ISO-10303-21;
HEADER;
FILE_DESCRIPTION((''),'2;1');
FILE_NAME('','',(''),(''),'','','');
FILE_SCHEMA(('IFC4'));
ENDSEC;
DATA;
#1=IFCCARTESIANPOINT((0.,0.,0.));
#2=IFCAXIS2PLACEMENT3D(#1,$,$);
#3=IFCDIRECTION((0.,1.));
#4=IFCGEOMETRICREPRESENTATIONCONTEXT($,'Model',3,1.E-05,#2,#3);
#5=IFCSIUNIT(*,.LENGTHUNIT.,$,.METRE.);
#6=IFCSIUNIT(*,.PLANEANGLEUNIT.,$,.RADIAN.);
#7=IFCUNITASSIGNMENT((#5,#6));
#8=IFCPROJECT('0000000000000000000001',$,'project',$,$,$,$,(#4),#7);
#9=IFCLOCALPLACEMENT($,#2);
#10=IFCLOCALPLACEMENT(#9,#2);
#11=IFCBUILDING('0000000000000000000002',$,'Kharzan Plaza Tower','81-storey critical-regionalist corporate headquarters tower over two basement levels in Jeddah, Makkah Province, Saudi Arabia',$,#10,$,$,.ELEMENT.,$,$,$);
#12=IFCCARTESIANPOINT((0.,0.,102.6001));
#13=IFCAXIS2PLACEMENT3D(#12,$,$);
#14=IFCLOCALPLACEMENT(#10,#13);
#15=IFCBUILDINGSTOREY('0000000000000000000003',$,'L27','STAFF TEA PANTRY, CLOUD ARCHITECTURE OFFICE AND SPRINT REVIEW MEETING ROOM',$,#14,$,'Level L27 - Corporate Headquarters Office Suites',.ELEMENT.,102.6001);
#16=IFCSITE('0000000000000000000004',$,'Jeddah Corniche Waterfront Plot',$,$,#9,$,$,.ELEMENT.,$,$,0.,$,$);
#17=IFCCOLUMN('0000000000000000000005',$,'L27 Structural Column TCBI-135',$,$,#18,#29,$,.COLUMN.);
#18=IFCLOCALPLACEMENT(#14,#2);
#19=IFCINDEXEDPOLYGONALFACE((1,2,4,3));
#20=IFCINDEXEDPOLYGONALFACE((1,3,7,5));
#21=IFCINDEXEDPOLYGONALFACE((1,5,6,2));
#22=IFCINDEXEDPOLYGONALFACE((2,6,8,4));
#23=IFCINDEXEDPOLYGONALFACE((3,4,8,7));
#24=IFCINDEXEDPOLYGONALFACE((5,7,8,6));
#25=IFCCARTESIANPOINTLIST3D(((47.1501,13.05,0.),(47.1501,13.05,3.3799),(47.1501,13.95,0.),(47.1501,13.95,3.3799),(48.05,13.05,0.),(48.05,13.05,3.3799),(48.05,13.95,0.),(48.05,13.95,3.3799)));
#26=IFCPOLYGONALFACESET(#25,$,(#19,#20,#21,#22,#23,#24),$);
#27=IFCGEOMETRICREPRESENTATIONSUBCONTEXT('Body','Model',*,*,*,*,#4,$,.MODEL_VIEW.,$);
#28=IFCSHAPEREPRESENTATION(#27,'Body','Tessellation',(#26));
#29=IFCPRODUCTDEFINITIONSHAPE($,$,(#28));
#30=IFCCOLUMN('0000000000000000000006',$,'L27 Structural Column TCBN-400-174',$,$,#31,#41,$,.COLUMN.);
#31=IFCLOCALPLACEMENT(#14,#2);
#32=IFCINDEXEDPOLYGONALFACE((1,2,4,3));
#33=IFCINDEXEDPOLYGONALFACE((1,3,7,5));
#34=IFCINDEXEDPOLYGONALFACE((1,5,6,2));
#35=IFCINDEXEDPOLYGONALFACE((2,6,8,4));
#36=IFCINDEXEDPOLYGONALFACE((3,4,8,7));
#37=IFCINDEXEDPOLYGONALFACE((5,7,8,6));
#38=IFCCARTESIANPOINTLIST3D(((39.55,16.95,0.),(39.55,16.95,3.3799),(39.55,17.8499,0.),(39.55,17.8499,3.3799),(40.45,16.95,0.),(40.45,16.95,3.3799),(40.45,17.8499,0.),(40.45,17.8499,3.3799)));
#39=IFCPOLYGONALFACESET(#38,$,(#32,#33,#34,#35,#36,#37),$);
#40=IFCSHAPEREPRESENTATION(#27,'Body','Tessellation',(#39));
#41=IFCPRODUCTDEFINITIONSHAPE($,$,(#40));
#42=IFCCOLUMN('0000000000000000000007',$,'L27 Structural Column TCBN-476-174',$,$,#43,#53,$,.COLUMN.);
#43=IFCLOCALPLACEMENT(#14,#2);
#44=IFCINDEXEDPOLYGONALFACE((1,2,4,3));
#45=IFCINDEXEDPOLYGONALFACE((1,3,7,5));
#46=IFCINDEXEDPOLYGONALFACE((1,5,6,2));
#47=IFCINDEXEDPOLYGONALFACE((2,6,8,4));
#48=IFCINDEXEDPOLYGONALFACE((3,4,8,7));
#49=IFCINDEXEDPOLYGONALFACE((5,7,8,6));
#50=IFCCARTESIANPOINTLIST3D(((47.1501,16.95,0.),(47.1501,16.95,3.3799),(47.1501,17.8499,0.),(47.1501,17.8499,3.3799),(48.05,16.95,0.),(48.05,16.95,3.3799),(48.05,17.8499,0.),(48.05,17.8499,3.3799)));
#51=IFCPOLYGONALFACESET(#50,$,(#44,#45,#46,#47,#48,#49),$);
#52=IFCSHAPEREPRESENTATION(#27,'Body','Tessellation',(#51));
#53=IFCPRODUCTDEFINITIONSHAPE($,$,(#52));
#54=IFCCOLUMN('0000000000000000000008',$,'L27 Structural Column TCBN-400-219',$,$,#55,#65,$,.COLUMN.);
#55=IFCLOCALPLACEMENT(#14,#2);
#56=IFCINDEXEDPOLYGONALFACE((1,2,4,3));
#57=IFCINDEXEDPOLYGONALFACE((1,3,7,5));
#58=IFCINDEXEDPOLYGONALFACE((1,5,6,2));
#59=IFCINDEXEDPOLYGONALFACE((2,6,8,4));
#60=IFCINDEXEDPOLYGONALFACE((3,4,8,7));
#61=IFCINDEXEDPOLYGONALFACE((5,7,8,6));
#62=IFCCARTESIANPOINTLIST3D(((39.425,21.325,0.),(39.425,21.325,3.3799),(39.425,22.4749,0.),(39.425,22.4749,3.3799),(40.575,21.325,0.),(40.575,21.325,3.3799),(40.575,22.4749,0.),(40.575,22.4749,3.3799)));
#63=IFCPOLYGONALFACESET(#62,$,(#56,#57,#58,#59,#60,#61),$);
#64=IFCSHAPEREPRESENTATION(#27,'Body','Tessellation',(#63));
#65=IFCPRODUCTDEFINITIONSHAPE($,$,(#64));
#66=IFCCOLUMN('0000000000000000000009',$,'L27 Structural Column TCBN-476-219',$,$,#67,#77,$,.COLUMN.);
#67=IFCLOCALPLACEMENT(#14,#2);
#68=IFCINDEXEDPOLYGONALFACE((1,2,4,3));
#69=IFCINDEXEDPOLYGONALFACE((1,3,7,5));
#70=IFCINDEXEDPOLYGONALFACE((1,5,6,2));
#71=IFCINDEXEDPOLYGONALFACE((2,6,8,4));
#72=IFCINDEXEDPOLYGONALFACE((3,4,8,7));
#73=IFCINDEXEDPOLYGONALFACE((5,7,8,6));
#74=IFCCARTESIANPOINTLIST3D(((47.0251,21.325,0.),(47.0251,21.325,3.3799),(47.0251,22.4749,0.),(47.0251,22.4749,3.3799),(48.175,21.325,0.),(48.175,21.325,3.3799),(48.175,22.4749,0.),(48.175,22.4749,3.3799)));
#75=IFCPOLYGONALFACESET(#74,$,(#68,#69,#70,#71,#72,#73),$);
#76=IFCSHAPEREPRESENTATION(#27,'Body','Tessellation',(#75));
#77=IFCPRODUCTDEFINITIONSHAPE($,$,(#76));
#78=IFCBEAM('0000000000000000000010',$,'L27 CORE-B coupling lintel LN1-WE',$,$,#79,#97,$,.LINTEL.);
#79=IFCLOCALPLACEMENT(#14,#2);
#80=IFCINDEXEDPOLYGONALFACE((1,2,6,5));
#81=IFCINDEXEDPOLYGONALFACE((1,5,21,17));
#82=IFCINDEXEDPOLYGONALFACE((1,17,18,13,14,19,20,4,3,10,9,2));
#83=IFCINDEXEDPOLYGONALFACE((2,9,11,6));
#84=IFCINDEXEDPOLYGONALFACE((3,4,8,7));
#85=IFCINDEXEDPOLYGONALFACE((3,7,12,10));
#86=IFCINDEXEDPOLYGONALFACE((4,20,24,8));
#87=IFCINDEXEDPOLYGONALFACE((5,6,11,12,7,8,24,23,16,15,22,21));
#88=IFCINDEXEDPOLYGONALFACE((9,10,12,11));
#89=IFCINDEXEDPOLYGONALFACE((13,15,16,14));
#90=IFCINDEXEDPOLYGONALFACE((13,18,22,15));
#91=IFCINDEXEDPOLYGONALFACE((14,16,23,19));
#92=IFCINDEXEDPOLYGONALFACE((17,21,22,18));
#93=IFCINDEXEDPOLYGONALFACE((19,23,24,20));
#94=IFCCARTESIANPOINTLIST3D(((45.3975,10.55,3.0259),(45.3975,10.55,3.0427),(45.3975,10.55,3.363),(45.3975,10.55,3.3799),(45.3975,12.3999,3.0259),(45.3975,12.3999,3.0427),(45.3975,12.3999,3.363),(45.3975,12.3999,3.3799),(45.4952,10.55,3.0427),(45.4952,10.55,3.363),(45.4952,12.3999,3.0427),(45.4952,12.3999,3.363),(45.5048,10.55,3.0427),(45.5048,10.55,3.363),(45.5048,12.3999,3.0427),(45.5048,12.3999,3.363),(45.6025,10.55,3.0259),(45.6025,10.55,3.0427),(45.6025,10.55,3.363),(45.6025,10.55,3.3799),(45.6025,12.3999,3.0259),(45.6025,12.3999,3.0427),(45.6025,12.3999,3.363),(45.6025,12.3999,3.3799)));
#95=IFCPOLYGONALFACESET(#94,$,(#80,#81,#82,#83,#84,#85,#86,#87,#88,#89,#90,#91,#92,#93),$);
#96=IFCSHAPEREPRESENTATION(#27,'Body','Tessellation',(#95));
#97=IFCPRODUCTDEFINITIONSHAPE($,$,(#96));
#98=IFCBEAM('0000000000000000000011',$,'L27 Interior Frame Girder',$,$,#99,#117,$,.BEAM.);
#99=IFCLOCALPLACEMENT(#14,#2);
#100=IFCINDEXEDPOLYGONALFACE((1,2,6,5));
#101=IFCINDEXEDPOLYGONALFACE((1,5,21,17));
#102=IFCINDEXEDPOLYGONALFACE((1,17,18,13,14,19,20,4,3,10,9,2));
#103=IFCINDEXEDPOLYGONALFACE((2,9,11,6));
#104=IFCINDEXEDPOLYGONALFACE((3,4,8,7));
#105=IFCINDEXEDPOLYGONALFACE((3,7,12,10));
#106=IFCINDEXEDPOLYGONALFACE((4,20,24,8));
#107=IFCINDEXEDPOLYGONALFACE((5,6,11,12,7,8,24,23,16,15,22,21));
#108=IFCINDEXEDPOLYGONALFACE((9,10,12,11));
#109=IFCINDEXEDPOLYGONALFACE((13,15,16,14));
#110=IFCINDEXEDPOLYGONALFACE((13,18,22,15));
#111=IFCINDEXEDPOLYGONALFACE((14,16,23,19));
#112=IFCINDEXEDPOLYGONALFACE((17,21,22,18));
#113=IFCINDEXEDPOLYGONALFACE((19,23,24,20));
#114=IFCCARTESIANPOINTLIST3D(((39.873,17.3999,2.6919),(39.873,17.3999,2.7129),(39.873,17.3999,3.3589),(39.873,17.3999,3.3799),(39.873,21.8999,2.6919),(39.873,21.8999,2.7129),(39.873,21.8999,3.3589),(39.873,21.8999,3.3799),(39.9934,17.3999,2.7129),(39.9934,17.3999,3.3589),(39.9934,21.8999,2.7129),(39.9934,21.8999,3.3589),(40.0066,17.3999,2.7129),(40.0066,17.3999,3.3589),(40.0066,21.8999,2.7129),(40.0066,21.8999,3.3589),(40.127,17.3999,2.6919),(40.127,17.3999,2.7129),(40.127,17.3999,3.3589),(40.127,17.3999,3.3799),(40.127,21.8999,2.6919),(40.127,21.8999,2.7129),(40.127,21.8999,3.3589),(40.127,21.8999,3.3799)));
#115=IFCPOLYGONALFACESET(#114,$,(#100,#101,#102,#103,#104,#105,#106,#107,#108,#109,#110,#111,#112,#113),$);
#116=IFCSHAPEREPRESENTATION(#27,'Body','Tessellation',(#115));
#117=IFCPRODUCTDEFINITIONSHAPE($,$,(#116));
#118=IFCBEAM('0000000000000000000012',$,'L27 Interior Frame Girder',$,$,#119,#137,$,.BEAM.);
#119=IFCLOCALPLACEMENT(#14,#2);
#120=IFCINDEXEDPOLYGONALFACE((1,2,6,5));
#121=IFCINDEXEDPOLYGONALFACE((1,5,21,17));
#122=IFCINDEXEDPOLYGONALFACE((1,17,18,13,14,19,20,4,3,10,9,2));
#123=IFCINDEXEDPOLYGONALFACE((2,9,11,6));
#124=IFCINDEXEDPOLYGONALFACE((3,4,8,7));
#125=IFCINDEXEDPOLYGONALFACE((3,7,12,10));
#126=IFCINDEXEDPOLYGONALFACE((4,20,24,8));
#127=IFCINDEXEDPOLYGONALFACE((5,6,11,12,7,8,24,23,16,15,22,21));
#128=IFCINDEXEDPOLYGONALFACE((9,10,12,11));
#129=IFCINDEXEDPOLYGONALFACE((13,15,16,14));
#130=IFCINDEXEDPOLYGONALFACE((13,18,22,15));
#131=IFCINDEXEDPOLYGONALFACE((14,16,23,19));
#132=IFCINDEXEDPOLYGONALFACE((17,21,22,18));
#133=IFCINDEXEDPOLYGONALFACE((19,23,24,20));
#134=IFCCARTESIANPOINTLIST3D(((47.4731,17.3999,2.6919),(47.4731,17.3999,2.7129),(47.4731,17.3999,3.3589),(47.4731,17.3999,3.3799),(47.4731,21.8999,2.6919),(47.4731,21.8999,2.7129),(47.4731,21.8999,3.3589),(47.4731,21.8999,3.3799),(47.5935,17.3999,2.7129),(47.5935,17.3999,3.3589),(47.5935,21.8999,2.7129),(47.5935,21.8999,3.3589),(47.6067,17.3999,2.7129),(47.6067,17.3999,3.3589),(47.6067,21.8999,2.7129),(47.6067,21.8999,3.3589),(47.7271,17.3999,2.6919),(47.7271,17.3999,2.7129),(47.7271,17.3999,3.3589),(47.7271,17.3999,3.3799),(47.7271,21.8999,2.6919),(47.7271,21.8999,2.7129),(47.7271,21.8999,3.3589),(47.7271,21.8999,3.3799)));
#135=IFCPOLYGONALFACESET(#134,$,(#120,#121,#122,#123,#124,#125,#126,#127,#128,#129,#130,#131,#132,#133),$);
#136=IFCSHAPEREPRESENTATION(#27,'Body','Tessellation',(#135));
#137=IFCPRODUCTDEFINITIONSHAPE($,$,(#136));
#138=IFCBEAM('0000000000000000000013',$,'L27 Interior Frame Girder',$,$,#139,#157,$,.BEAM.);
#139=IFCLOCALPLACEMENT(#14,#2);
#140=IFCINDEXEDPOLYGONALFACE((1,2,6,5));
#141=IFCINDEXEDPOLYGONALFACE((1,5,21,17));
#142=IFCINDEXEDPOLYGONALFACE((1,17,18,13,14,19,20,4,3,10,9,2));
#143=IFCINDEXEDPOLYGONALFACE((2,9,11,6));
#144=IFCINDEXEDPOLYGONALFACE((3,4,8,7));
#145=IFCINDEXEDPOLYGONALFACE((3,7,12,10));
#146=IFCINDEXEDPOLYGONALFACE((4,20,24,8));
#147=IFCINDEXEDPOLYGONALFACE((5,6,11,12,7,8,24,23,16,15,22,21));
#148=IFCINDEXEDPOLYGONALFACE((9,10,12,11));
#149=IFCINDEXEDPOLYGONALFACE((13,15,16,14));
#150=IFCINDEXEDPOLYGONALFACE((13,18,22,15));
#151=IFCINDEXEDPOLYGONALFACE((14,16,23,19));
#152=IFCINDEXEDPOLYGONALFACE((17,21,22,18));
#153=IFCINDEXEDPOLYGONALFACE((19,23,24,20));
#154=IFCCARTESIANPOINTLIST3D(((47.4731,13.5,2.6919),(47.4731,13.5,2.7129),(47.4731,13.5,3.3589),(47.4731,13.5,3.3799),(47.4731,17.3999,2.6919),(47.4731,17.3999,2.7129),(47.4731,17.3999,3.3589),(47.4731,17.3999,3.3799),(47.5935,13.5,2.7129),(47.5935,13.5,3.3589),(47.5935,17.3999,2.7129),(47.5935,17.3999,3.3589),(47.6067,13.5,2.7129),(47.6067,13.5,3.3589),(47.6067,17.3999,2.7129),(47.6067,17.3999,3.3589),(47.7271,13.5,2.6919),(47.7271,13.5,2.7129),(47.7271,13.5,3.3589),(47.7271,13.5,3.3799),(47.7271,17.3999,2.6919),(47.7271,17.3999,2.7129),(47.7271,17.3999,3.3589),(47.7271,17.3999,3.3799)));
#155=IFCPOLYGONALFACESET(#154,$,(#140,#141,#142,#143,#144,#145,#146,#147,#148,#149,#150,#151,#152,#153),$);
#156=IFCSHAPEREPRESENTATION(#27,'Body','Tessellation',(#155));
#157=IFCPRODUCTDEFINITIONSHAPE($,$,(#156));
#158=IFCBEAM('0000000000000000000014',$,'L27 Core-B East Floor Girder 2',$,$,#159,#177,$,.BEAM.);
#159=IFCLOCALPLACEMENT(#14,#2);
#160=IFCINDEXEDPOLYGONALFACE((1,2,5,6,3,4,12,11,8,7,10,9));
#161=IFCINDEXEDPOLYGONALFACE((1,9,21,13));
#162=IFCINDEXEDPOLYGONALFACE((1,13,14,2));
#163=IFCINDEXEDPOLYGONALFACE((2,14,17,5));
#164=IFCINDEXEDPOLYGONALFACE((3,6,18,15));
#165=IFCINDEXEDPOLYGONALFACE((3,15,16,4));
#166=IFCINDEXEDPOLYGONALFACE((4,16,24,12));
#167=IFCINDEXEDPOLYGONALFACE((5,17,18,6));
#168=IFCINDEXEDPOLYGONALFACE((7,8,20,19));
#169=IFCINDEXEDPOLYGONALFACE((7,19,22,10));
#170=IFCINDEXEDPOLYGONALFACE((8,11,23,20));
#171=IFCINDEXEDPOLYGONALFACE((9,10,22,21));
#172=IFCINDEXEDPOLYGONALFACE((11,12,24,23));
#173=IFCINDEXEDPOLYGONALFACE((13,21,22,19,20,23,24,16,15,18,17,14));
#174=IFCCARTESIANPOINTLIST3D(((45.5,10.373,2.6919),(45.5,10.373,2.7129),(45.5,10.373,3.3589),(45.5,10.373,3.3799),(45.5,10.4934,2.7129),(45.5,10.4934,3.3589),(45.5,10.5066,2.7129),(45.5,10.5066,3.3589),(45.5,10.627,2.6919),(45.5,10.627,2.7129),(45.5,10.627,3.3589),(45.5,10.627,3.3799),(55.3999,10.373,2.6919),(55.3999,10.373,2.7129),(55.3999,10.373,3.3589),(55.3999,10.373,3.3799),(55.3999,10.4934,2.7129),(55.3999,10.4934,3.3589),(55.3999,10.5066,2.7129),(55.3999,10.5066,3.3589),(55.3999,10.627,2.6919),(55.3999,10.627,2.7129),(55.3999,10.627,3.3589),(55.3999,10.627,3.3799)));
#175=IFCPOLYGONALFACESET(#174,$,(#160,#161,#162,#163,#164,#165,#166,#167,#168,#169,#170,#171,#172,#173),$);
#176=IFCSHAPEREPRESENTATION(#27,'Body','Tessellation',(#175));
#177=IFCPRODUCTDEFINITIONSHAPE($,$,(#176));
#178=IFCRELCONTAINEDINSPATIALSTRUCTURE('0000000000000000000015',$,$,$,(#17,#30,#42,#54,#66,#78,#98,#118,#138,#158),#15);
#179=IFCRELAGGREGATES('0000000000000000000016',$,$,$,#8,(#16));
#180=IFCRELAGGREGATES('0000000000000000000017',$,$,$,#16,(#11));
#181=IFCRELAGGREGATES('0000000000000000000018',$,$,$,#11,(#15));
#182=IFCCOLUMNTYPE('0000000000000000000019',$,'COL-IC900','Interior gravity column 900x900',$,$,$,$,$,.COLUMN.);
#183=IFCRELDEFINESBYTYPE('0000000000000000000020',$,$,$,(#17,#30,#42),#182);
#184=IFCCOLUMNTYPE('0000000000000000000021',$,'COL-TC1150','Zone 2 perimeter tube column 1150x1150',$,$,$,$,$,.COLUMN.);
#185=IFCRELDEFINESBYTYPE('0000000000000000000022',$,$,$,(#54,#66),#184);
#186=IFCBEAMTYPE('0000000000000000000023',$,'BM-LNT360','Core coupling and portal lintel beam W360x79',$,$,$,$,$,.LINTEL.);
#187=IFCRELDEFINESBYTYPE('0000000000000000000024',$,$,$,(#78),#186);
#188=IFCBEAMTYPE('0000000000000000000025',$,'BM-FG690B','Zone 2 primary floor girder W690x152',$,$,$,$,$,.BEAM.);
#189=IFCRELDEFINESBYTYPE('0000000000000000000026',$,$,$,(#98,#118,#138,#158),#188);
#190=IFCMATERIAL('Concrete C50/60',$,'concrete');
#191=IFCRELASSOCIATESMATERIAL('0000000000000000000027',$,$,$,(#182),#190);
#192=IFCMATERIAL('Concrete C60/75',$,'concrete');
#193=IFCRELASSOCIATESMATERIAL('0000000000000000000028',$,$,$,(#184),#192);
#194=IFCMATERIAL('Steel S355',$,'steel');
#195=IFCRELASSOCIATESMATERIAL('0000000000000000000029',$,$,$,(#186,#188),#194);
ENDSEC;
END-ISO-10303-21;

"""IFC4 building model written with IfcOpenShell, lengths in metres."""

from ifc_helpers import new_model, si_unit, direction, frame, origin, origin_2d, place, context, subcontext, project, spatial, rectangle, i_section, extrude, source, transform, mapped, material, material_profile, profile_set, type_object, element, save


model = new_model("IFC4")

# Units and contexts
model_context = context("Model", 3, precision=1e-05, world=origin(), true_north=direction((0.0, 1.0)))
body_context = subcontext(model_context, "Body", "Model", "MODEL_VIEW")
ifc_project = project(units=[si_unit("LENGTHUNIT", "METRE"), si_unit("PLANEANGLEUNIT", "RADIAN")], contexts=[model_context])

# Site, building, storey
site_placement = place(None, origin())
site = spatial("IfcSite", under=ifc_project, at=site_placement, Name="Jeddah Corniche Waterfront Plot", CompositionType="ELEMENT", RefElevation=0.0)
building_placement = place(site_placement, origin())
building = spatial("IfcBuilding", under=site, at=building_placement, Name="Kharzan Plaza Tower", Description="81-storey critical-regionalist corporate headquarters tower over two basement levels in Jeddah, Makkah Province, Saudi Arabia", CompositionType="ELEMENT")
storey_placement = place(building_placement, frame((0.0, 0.0, 102.6001)))
storey = spatial("IfcBuildingStorey", under=building, at=storey_placement, Name="L27", Description="STAFF TEA PANTRY, CLOUD ARCHITECTURE OFFICE AND SPRINT REVIEW MEETING ROOM", LongName="Level L27 - Corporate Headquarters Office Suites", CompositionType="ELEMENT", Elevation=102.6001)

# Columns
ifc_material_1 = material(Name="Concrete C50/60", Category="concrete")
ifc_material_profile_1 = material_profile(ifc_material_1, rectangle(XDim=0.8999, YDim=0.8999, at=origin_2d()), Name="RC-IC900x900")
ifc_profile_set_1 = profile_set([ifc_material_profile_1], Name="Concrete C50/60")
column_type_1 = type_object("IfcColumnType", Name="COL-IC900", Description="Interior gravity column 900x900", PredefinedType="COLUMN", material=ifc_profile_set_1)
shared_shape_1 = source(origin(), body_context, "Body", "SweptSolid", [
    extrude(rectangle(XDim=0.8999, YDim=0.8999, at=origin_2d()), origin(), (0.0, 0.0, 1.0), 3.3799),
])
for number, where, z_axis, x_axis, name in (
    (1, (47.6001, 13.5, 0.0), (0.0, 0.0, 1.0), (1.0, 0.0, 0.0), "L27 Structural Column TCBI-135"),
    (2, (40.0, 17.3999, 0.0), (0.0, 0.0, 1.0), (1.0, 0.0, 0.0), "L27 Structural Column TCBN-400-174"),
    (3, (47.6001, 17.3999, 0.0), (0.0, 0.0, 1.0), (1.0, 0.0, 0.0), "L27 Structural Column TCBN-476-174"),
):
    element("IfcColumn", number, at=place(storey_placement, frame(where, z_axis=z_axis, x_axis=x_axis)), inside=storey, type_object=column_type_1, Name=name, PredefinedType="COLUMN", context=body_context, shape_type="MappedRepresentation", body=[
        mapped(shared_shape_1, transform((0.0, 0.0, 0.0), x_axis=(1.0, 0.0, 0.0), y_axis=(0.0, 1.0, 0.0), z_axis=(0.0, 0.0, 1.0))),
    ])
ifc_material_2 = material(Name="Concrete C60/75", Category="concrete")
ifc_material_profile_2 = material_profile(ifc_material_2, rectangle(XDim=1.1499, YDim=1.1499, at=origin_2d()), Name="RC-TC1150x1150")
ifc_profile_set_2 = profile_set([ifc_material_profile_2], Name="Concrete C60/75")
column_type_2 = type_object("IfcColumnType", Name="COL-TC1150", Description="Zone 2 perimeter tube column 1150x1150", PredefinedType="COLUMN", material=ifc_profile_set_2)
shared_shape_2 = source(origin(), body_context, "Body", "SweptSolid", [
    extrude(rectangle(XDim=1.1499, YDim=1.1499, at=origin_2d()), origin(), (0.0, 0.0, 1.0), 3.3799),
])
for number, where, z_axis, x_axis, name in (
    (4, (40.0, 21.8999, 0.0), (0.0, 0.0, 1.0), (1.0, 0.0, 0.0), "L27 Structural Column TCBN-400-219"),
    (5, (47.6001, 21.8999, 0.0), (0.0, 0.0, 1.0), (1.0, 0.0, 0.0), "L27 Structural Column TCBN-476-219"),
):
    element("IfcColumn", number, at=place(storey_placement, frame(where, z_axis=z_axis, x_axis=x_axis)), inside=storey, type_object=column_type_2, Name=name, PredefinedType="COLUMN", context=body_context, shape_type="MappedRepresentation", body=[
        mapped(shared_shape_2, transform((0.0, 0.0, 0.0), x_axis=(1.0, 0.0, 0.0), y_axis=(0.0, 1.0, 0.0), z_axis=(0.0, 0.0, 1.0))),
    ])

# Beams
ifc_material_3 = material(Name="Steel S355", Category="steel")
ifc_material_profile_3 = material_profile(ifc_material_3, i_section(OverallWidth=0.2051, OverallDepth=0.354, WebThickness=0.0095, FlangeThickness=0.0168, at=origin_2d()), Name="W360x79")
ifc_profile_set_3 = profile_set([ifc_material_profile_3], Name="Steel S355")
beam_type_1 = type_object("IfcBeamType", Name="BM-LNT360", Description="Core coupling and portal lintel beam W360x79", PredefinedType="LINTEL", material=ifc_profile_set_3)
shared_shape_3 = source(origin(), body_context, "Body", "SweptSolid", [
    extrude(i_section(OverallWidth=0.2051, OverallDepth=0.354, WebThickness=0.0095, FlangeThickness=0.0168, at=origin_2d()), origin(), (0.0, 0.0, 1.0), 1.8499),
])
beam_1_placement = place(storey_placement, frame((45.5, 10.55, 3.2029), z_axis=(0.0, 1.0, 0.0), x_axis=(-1.0, 0.0, 0.0)))
element("IfcBeam", 6, at=beam_1_placement, inside=storey, type_object=beam_type_1, Name="L27 CORE-B coupling lintel LN1-WE", PredefinedType="LINTEL", context=body_context, shape_type="MappedRepresentation", body=[
    mapped(shared_shape_3, transform((0.0, 0.0, 0.0), x_axis=(1.0, 0.0, 0.0), y_axis=(0.0, 1.0, 0.0), z_axis=(0.0, 0.0, 1.0))),
])
ifc_material_profile_4 = material_profile(ifc_material_3, i_section(OverallWidth=0.2539, OverallDepth=0.688, WebThickness=0.0132, FlangeThickness=0.021, at=origin_2d()), Name="W690x152")
ifc_profile_set_4 = profile_set([ifc_material_profile_4], Name="Steel S355")
beam_type_2 = type_object("IfcBeamType", Name="BM-FG690B", Description="Zone 2 primary floor girder W690x152", PredefinedType="BEAM", material=ifc_profile_set_4)
shared_shape_4 = source(origin(), body_context, "Body", "SweptSolid", [
    extrude(i_section(OverallWidth=0.2539, OverallDepth=0.688, WebThickness=0.0132, FlangeThickness=0.021, at=origin_2d()), origin(), (0.0, 0.0, 1.0), 4.5),
])
for number, where, z_axis, x_axis, name in (
    (7, (40.0, 17.3999, 3.0359), (0.0, 1.0, 0.0), (-1.0, 0.0, 0.0), "L27 Interior Frame Girder"),
    (8, (47.6001, 17.3999, 3.0359), (0.0, 1.0, 0.0), (-1.0, 0.0, 0.0), "L27 Interior Frame Girder"),
):
    element("IfcBeam", number, at=place(storey_placement, frame(where, z_axis=z_axis, x_axis=x_axis)), inside=storey, type_object=beam_type_2, Name=name, PredefinedType="BEAM", context=body_context, shape_type="MappedRepresentation", body=[
        mapped(shared_shape_4, transform((0.0, 0.0, 0.0), x_axis=(1.0, 0.0, 0.0), y_axis=(0.0, 1.0, 0.0), z_axis=(0.0, 0.0, 1.0))),
    ])
shared_shape_5 = source(origin(), body_context, "Body", "SweptSolid", [
    extrude(i_section(OverallWidth=0.2539, OverallDepth=0.688, WebThickness=0.0132, FlangeThickness=0.021, at=origin_2d()), origin(), (0.0, 0.0, 1.0), 3.8999),
])
beam_2_placement = place(storey_placement, frame((47.6001, 13.5, 3.0359), z_axis=(0.0, 1.0, 0.0), x_axis=(-1.0, 0.0, 0.0)))
element("IfcBeam", 9, at=beam_2_placement, inside=storey, type_object=beam_type_2, Name="L27 Interior Frame Girder", PredefinedType="BEAM", context=body_context, shape_type="MappedRepresentation", body=[
    mapped(shared_shape_5, transform((0.0, 0.0, 0.0), x_axis=(1.0, 0.0, 0.0), y_axis=(0.0, 1.0, 0.0), z_axis=(0.0, 0.0, 1.0))),
])
shared_shape_6 = source(origin(), body_context, "Body", "SweptSolid", [
    extrude(i_section(OverallWidth=0.2539, OverallDepth=0.688, WebThickness=0.0132, FlangeThickness=0.021, at=origin_2d()), origin(), (0.0, 0.0, 1.0), 9.8999),
])
for number, where, z_axis, x_axis, name in (
    (10, (45.5, 10.5, 3.0359), (1.0, 0.0, 0.0), (0.0, 1.0, 0.0), "L27 Core-B East Floor Girder 2"),
):
    element("IfcBeam", number, at=place(storey_placement, frame(where, z_axis=z_axis, x_axis=x_axis)), inside=storey, type_object=beam_type_2, Name=name, PredefinedType="BEAM", context=body_context, shape_type="MappedRepresentation", body=[
        mapped(shared_shape_6, transform((0.0, 0.0, 0.0), x_axis=(1.0, 0.0, 0.0), y_axis=(0.0, 1.0, 0.0), z_axis=(0.0, 0.0, 1.0))),
    ])

save(model, "model.ifc")
